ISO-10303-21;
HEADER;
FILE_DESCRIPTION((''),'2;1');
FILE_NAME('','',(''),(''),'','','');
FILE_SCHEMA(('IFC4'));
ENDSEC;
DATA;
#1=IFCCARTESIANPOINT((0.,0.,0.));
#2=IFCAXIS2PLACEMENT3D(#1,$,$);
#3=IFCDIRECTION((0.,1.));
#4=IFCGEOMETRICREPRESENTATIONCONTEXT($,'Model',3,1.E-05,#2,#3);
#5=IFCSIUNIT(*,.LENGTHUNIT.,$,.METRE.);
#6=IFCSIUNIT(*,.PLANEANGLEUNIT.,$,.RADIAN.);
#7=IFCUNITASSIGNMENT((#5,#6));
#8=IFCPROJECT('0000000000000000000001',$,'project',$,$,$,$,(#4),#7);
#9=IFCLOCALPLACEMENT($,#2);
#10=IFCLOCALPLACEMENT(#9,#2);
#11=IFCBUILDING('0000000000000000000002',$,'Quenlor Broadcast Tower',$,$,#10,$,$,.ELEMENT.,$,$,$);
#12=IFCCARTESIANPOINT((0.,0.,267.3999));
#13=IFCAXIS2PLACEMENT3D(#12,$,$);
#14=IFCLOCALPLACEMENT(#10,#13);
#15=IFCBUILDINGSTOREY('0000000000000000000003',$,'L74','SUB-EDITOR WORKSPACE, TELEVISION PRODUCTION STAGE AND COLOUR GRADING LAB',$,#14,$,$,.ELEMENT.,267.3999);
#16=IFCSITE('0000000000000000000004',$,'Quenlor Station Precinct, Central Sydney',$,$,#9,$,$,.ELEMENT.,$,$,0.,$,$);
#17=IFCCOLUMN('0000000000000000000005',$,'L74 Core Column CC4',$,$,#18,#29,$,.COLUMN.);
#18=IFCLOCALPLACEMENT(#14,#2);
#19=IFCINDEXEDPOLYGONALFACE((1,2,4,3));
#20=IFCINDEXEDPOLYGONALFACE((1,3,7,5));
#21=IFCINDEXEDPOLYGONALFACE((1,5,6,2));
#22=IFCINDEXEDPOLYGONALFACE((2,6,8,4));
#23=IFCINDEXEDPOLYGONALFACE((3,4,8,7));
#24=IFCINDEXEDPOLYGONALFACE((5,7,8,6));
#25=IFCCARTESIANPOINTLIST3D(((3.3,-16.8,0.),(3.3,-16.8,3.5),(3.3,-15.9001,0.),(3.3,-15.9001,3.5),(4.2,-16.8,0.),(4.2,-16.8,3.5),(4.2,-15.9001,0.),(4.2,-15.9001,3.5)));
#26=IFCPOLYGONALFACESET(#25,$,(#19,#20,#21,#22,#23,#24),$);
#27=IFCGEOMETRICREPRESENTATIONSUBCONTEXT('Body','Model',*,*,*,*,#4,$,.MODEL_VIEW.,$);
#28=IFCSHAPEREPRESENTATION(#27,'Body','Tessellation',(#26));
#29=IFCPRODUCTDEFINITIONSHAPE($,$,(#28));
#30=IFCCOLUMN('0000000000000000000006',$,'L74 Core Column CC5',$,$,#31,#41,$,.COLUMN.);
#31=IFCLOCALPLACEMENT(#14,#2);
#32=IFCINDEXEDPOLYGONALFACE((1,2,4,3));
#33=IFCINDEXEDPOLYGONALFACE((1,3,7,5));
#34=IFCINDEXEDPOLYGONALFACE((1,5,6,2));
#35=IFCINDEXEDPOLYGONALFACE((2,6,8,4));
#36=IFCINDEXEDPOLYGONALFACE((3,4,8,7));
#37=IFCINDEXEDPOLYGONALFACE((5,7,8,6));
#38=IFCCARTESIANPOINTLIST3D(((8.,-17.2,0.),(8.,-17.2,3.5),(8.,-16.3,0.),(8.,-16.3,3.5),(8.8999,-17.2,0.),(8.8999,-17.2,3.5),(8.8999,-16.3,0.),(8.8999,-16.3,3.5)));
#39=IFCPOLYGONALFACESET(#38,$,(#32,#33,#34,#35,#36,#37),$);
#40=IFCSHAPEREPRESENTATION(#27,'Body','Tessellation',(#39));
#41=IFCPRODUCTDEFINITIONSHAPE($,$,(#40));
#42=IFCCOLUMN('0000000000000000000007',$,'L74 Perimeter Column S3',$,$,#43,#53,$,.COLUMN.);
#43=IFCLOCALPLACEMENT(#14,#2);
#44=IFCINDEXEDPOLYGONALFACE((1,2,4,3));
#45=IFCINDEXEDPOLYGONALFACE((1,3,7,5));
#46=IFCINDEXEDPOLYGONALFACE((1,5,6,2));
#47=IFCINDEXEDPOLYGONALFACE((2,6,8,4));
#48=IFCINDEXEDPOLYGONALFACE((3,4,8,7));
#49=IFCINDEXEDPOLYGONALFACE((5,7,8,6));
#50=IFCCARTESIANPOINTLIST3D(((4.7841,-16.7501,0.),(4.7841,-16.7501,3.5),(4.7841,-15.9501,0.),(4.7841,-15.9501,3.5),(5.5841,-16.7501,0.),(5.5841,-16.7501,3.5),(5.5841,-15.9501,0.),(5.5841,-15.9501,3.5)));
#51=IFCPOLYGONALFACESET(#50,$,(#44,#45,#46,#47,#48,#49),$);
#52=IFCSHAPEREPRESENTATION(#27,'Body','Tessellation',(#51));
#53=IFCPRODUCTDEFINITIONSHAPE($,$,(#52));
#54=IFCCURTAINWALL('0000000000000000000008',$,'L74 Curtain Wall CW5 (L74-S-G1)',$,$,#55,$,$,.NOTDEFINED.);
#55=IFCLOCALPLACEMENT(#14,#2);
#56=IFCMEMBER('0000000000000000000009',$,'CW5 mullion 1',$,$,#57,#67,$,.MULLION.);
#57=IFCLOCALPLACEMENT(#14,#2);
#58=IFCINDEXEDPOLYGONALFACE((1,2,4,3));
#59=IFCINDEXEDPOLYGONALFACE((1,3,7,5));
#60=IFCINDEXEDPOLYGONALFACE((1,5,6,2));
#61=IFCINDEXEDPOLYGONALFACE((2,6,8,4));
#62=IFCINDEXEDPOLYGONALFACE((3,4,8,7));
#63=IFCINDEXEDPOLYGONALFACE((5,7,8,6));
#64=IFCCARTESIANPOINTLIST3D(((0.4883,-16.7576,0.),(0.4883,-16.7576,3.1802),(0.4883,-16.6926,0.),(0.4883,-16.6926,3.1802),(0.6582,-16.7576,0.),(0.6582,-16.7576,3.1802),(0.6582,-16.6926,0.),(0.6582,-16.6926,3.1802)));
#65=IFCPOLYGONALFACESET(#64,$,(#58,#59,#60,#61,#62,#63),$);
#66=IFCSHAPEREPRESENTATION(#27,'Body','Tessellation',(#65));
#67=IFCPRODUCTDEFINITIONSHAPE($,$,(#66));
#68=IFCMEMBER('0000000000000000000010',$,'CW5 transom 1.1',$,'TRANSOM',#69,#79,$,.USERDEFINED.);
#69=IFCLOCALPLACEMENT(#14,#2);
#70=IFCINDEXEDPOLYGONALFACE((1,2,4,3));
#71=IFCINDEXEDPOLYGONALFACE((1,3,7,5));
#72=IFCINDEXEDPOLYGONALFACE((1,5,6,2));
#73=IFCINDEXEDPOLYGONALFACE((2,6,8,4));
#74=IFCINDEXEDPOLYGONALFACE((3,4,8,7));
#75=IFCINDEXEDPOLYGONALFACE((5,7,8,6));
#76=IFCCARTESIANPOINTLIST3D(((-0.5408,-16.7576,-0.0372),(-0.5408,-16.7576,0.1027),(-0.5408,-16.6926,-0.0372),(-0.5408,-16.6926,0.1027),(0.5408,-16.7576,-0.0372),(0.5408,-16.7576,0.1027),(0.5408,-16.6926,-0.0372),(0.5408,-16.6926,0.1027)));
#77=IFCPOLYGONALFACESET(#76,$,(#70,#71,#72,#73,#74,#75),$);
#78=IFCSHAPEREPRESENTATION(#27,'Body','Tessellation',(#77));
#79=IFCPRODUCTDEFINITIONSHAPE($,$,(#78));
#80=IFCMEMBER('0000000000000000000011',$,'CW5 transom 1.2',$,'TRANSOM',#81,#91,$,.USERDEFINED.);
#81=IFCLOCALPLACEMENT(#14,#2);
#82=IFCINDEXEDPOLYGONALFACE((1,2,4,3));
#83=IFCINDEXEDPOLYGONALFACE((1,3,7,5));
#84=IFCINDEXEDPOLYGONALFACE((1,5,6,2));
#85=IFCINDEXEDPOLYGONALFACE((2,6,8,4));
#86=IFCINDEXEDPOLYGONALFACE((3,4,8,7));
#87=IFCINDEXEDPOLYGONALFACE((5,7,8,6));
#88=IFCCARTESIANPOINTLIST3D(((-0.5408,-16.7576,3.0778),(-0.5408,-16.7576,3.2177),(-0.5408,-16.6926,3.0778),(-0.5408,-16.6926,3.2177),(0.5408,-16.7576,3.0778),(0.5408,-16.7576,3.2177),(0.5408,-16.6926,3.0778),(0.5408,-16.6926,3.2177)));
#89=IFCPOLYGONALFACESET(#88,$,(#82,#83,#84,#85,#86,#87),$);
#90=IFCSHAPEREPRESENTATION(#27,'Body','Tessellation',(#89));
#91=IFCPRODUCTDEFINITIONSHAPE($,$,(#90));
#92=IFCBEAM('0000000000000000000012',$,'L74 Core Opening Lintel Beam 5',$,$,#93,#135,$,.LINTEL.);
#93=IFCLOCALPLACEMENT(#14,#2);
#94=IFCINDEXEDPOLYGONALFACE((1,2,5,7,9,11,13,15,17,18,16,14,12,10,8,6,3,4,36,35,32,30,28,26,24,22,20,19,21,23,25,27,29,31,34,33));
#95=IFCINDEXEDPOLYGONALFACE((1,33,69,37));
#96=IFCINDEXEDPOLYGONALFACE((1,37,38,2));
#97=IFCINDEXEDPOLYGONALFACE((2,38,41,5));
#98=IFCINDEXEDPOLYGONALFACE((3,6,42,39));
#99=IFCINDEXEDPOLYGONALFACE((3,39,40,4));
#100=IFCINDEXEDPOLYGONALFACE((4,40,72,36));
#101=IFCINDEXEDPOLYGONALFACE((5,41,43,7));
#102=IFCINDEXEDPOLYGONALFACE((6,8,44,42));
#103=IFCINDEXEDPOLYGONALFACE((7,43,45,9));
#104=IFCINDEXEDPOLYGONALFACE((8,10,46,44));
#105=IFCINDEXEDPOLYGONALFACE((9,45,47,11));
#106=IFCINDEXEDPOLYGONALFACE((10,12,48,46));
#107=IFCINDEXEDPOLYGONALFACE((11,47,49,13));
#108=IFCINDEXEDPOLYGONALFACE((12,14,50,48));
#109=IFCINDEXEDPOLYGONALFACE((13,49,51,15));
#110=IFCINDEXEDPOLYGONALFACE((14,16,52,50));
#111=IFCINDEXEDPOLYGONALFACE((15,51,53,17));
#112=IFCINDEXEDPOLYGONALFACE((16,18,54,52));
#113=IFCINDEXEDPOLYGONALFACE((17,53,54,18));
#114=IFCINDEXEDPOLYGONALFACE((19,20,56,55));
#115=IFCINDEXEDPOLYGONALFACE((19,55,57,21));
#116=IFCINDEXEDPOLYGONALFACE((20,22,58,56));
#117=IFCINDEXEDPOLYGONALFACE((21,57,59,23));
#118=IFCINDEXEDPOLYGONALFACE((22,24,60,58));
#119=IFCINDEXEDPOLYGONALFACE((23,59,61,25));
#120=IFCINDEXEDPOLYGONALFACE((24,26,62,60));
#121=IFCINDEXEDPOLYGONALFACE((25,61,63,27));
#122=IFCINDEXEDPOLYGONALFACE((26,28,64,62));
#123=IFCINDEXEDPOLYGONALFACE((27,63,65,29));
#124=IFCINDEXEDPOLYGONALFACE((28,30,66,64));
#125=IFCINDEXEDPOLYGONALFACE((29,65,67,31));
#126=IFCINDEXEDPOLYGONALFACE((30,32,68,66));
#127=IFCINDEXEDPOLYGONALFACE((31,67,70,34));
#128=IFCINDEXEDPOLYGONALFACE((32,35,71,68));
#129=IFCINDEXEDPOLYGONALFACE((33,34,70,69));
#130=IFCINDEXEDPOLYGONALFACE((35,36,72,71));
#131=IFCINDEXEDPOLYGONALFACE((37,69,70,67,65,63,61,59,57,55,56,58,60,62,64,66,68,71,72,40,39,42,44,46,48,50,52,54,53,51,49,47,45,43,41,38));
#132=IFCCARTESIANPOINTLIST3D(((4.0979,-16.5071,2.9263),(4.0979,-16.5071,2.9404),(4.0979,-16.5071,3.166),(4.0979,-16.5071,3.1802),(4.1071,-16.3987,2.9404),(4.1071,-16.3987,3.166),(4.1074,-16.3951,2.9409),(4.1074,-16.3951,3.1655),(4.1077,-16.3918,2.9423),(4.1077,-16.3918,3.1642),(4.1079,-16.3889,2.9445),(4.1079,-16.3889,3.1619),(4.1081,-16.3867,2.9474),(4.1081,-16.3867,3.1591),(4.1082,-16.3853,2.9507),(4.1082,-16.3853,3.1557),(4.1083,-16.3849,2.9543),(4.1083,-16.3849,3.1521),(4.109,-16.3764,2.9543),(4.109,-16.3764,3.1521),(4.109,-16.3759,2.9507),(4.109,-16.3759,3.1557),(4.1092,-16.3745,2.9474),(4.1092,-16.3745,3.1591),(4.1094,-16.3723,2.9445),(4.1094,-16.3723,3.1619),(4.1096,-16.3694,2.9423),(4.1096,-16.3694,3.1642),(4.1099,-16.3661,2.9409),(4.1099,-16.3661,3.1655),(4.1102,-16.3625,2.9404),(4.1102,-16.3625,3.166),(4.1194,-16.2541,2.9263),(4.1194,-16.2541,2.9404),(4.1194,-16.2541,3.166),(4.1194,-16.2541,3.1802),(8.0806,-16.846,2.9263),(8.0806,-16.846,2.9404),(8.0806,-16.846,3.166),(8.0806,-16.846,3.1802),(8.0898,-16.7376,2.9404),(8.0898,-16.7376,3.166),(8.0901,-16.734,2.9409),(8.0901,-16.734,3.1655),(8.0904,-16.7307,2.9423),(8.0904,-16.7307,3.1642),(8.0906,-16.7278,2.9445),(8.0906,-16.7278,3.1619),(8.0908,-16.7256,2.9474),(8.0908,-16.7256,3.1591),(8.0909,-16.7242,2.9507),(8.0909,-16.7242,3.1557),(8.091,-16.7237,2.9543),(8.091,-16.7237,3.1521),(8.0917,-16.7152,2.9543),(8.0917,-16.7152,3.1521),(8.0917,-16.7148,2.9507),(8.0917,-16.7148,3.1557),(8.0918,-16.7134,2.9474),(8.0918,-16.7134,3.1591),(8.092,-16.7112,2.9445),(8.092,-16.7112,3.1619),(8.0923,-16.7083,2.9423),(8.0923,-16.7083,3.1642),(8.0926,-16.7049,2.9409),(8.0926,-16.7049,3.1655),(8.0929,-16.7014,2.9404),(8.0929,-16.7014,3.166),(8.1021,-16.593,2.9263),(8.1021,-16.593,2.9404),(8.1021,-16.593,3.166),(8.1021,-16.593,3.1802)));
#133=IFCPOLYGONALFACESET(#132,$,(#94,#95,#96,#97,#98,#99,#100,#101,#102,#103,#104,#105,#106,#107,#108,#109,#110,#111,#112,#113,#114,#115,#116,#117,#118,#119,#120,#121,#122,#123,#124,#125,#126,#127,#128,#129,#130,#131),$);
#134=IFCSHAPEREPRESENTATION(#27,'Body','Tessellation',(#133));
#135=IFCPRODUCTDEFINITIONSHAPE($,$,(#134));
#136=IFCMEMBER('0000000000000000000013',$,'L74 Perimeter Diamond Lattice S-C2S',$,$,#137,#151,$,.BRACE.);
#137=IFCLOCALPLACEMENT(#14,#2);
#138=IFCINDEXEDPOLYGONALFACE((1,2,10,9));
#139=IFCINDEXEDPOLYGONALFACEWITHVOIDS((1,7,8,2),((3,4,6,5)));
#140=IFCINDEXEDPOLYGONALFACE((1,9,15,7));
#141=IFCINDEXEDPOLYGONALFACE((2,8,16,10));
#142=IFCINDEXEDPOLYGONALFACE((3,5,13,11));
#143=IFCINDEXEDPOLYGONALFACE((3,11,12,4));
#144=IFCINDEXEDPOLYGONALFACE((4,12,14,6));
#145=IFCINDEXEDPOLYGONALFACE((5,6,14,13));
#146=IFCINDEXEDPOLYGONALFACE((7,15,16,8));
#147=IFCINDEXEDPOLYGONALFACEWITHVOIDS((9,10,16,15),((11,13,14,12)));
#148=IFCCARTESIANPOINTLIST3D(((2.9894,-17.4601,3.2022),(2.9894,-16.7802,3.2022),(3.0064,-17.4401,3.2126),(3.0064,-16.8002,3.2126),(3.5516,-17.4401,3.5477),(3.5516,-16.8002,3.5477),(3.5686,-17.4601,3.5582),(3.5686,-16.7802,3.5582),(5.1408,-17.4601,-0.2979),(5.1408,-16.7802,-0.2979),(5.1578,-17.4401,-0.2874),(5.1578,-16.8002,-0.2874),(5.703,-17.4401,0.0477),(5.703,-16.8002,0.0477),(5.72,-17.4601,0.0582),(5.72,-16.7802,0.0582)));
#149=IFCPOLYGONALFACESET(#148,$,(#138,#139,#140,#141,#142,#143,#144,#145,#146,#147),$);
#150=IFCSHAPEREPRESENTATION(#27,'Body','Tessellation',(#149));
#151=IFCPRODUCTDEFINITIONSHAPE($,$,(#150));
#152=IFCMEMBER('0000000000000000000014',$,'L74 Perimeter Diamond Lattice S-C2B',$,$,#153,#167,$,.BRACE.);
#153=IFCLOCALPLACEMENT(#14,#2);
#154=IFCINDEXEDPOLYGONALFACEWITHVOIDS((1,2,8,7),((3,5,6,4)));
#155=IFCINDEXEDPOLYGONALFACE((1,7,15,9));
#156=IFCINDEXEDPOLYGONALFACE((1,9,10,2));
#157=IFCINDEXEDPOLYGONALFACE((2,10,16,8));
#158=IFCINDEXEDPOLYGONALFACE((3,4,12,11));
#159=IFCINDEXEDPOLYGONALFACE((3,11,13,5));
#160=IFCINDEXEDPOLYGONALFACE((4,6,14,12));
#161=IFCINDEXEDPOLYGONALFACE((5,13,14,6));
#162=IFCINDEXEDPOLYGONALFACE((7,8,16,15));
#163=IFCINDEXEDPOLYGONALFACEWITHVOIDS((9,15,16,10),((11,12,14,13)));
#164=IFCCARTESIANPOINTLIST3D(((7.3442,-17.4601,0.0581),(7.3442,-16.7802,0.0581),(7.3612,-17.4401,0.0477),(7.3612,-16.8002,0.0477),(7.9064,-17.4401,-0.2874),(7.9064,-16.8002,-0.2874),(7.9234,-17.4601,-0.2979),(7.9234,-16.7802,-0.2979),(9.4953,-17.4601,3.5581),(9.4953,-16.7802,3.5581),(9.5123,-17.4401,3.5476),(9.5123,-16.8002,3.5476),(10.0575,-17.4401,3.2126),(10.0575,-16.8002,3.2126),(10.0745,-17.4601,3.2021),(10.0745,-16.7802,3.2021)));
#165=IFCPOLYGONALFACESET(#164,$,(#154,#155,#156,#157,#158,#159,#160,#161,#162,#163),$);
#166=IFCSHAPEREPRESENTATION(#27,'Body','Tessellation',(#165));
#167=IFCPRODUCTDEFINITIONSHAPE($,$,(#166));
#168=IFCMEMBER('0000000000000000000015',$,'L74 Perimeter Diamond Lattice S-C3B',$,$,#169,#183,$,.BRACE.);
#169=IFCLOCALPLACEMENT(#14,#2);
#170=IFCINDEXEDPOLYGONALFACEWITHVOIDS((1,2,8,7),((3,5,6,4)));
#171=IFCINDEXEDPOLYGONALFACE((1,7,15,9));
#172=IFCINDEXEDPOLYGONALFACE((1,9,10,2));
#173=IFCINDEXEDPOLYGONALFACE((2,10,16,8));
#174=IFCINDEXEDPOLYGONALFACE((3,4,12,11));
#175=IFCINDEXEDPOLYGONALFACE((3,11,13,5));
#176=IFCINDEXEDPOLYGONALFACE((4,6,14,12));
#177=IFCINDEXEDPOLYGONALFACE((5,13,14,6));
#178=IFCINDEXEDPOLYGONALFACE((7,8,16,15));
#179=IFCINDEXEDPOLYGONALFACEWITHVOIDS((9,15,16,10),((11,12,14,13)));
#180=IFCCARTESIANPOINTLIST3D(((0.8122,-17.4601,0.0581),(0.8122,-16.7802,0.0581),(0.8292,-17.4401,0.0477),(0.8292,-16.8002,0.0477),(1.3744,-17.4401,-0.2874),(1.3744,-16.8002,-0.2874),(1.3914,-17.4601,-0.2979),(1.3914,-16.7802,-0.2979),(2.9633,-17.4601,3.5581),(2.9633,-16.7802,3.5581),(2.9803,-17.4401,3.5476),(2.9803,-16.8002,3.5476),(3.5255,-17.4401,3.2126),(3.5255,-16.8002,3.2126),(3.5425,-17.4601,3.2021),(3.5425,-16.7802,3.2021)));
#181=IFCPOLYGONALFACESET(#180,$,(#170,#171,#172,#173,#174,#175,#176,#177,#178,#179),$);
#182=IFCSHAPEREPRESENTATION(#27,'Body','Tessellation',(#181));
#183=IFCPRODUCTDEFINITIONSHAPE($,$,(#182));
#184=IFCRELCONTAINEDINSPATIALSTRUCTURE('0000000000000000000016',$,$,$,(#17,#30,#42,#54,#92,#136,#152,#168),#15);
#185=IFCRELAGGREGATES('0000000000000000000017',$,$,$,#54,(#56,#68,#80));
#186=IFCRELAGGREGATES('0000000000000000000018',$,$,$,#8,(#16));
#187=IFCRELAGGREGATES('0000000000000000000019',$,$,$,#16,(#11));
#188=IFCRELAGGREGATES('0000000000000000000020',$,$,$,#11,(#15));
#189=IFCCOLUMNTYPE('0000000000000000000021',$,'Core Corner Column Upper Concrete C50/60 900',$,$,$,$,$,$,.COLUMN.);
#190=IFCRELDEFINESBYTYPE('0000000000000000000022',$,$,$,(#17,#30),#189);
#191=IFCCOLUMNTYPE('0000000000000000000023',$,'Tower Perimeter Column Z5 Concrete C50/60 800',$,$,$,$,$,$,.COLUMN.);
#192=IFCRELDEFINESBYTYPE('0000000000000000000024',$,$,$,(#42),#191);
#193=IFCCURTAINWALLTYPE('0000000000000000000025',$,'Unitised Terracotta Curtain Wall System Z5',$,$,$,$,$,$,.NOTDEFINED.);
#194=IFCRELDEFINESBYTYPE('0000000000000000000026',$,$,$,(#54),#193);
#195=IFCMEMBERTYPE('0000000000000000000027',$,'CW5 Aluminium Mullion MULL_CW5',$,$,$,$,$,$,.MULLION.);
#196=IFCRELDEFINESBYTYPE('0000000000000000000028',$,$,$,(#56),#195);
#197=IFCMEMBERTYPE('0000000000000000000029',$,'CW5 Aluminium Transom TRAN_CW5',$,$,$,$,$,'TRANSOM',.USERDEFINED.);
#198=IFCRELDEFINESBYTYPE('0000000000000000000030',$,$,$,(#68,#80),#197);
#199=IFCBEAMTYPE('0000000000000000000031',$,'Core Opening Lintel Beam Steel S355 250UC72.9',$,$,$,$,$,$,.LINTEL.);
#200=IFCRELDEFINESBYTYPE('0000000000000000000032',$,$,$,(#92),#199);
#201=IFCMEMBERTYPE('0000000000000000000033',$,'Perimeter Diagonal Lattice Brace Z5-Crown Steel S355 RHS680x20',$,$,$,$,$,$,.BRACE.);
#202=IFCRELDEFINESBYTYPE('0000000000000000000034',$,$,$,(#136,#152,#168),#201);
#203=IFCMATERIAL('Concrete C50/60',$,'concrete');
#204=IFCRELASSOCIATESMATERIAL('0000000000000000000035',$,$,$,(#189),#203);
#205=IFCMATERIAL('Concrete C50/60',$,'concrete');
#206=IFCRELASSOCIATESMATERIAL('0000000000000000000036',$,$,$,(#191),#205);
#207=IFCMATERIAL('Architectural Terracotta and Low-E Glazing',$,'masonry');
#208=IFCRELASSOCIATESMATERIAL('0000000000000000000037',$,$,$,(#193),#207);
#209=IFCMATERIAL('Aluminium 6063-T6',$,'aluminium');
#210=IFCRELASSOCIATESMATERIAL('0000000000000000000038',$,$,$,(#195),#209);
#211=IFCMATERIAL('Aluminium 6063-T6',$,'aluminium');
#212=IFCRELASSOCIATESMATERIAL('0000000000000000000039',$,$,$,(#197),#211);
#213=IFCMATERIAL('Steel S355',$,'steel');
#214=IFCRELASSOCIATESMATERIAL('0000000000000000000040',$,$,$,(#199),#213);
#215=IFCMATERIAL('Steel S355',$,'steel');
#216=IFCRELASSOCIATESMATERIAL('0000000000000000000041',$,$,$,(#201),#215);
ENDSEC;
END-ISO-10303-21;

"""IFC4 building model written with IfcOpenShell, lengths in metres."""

from ifc_helpers import new_model, si_unit, direction, frame, origin, origin_2d, place, context, subcontext, project, spatial, rectangle, hollow_rectangle, i_section, extrude, material, material_profile, profile_set, type_object, element, aggregate, save


model = new_model("IFC4")

# Units and contexts
model_context = context("Model", 3, precision=1e-05, world=origin(), true_north=direction((0.0, 1.0)))
body_context = subcontext(model_context, "Body", "Model", "MODEL_VIEW")
ifc_project = project(units=[si_unit("LENGTHUNIT", "METRE"), si_unit("PLANEANGLEUNIT", "RADIAN")], contexts=[model_context])

# Site, building, storey
site_placement = place(None, origin())
site = spatial("IfcSite", under=ifc_project, at=site_placement, Name="Quenlor Station Precinct, Central Sydney", CompositionType="ELEMENT", RefElevation=0.0)
building_placement = place(site_placement, origin())
building = spatial("IfcBuilding", under=site, at=building_placement, Name="Quenlor Broadcast Tower", CompositionType="ELEMENT")
storey_placement = place(building_placement, frame((0.0, 0.0, 267.3999)))
storey = spatial("IfcBuildingStorey", under=building, at=storey_placement, Name="L74", Description="SUB-EDITOR WORKSPACE, TELEVISION PRODUCTION STAGE AND COLOUR GRADING LAB", CompositionType="ELEMENT", Elevation=267.3999)

# Columns
ifc_material_1 = material(Name="Concrete C50/60", Category="concrete")
ifc_material_profile_1 = material_profile(ifc_material_1, rectangle(XDim=0.8999, YDim=0.8999, at=origin_2d()))
ifc_profile_set_1 = profile_set([ifc_material_profile_1], Name="Concrete C50/60 RC900x900")
column_type_1 = type_object("IfcColumnType", Name="Core Corner Column Upper Concrete C50/60 900", PredefinedType="COLUMN", material=ifc_profile_set_1)
for number, where, z_axis, x_axis, name in (
    (1, (3.75, -16.3501, 0.0), (0.0, 0.0, 1.0), (1.0, 0.0, 0.0), "L74 Core Column CC4"),
    (2, (8.45, -16.75, 0.0), (0.0, 0.0, 1.0), (1.0, 0.0, 0.0), "L74 Core Column CC5"),
):
    element("IfcColumn", number, at=place(storey_placement, frame(where, z_axis=z_axis, x_axis=x_axis)), inside=storey, type_object=column_type_1, Name=name, PredefinedType="COLUMN", context=body_context, shape_type="SweptSolid", body=[
        extrude(rectangle(XDim=0.8999, YDim=0.8999, at=origin_2d()), origin(), (0.0, 0.0, 1.0), 3.5),
    ])
ifc_material_2 = material(Name="Concrete C50/60", Category="concrete")
ifc_material_profile_2 = material_profile(ifc_material_2, rectangle(XDim=0.8, YDim=0.8, at=origin_2d()))
ifc_profile_set_2 = profile_set([ifc_material_profile_2], Name="Concrete C50/60 RC800x800")
column_type_2 = type_object("IfcColumnType", Name="Tower Perimeter Column Z5 Concrete C50/60 800", PredefinedType="COLUMN", material=ifc_profile_set_2)
column_placement = place(storey_placement, frame((5.1841, -16.3501, 0.0), z_axis=(0.0, 0.0, 1.0), x_axis=(0.0, 1.0, 0.0)))
element("IfcColumn", 3, at=column_placement, inside=storey, type_object=column_type_2, Name="L74 Perimeter Column S3", PredefinedType="COLUMN", context=body_context, shape_type="SweptSolid", body=[
    extrude(rectangle(XDim=0.8, YDim=0.8, at=origin_2d()), origin(), (0.0, 0.0, 1.0), 3.5),
])

# Curtain wall, members
ifc_material_3 = material(Name="Architectural Terracotta and Low-E Glazing", Category="masonry")
curtain_wall_type = type_object("IfcCurtainWallType", Name="Unitised Terracotta Curtain Wall System Z5", PredefinedType="NOTDEFINED", material=ifc_material_3)
curtain_wall_placement = place(storey_placement, origin())
curtain_wall = element("IfcCurtainWall", 4, at=curtain_wall_placement, inside=storey, type_object=curtain_wall_type, Name="L74 Curtain Wall CW5 (L74-S-G1)", PredefinedType="NOTDEFINED")
ifc_material_4 = material(Name="Aluminium 6063-T6", Category="aluminium")
ifc_material_profile_3 = material_profile(ifc_material_4, rectangle(XDim=0.0649, YDim=0.1699, at=origin_2d()))
ifc_profile_set_3 = profile_set([ifc_material_profile_3], Name="Aluminium 6063-T6 MULL65x170")
member_type_1 = type_object("IfcMemberType", Name="CW5 Aluminium Mullion MULL_CW5", PredefinedType="MULLION", material=ifc_profile_set_3)
member_1_placement = place(storey_placement, frame((0.5732, -16.7251, 0.0), z_axis=(0.0, 0.0, 1.0), x_axis=(0.0, -1.0, 0.0)))
member_1 = element("IfcMember", 5, at=member_1_placement, type_object=member_type_1, Name="CW5 mullion 1", PredefinedType="MULLION", context=body_context, shape_type="SweptSolid", body=[
    extrude(rectangle(XDim=0.0649, YDim=0.1699, at=origin_2d()), origin(), (0.0, 0.0, 1.0), 3.1802),
])
ifc_material_5 = material(Name="Aluminium 6063-T6", Category="aluminium")
ifc_material_profile_4 = material_profile(ifc_material_5, rectangle(XDim=0.0649, YDim=0.1399, at=origin_2d()))
ifc_profile_set_4 = profile_set([ifc_material_profile_4], Name="Aluminium 6063-T6 TRAN65x140")
member_type_2 = type_object("IfcMemberType", Name="CW5 Aluminium Transom TRAN_CW5", ElementType="TRANSOM", PredefinedType="USERDEFINED", material=ifc_profile_set_4)
member_2_placement = place(storey_placement, frame((0.5408, -16.7251, 0.0327), z_axis=(-1.0, 0.0, 0.0), x_axis=(0.0, -1.0, 0.0)))
member_2 = element("IfcMember", 6, at=member_2_placement, type_object=member_type_2, Name="CW5 transom 1.1", ObjectType="TRANSOM", PredefinedType="USERDEFINED", context=body_context, shape_type="SweptSolid", body=[
    extrude(rectangle(XDim=0.0649, YDim=0.1399, at=origin_2d()), origin(), (0.0, 0.0, 1.0), 1.0815),
])
member_3_placement = place(storey_placement, frame((0.5408, -16.7251, 3.1477), z_axis=(-1.0, 0.0, 0.0), x_axis=(0.0, -1.0, 0.0)))
member_3 = element("IfcMember", 7, at=member_3_placement, type_object=member_type_2, Name="CW5 transom 1.2", ObjectType="TRANSOM", PredefinedType="USERDEFINED", context=body_context, shape_type="SweptSolid", body=[
    extrude(rectangle(XDim=0.0649, YDim=0.1399, at=origin_2d()), origin(), (0.0, 0.0, 1.0), 1.0815),
])
aggregate(curtain_wall, [member_1, member_2, member_3])

# Beam
ifc_material_6 = material(Name="Steel S355", Category="steel")
ifc_material_profile_5 = material_profile(ifc_material_6, i_section(OverallWidth=0.2539, OverallDepth=0.2539, WebThickness=0.0085, FlangeThickness=0.0142, FilletRadius=0.0139, at=origin_2d()))
ifc_profile_set_5 = profile_set([ifc_material_profile_5], Name="Steel S355 250UC72.9")
beam_type_1 = type_object("IfcBeamType", Name="Core Opening Lintel Beam Steel S355 250UC72.9", PredefinedType="LINTEL", material=ifc_profile_set_5)
beam_1_placement = place(storey_placement, frame((4.1086, -16.3806, 3.0532), z_axis=(0.9964, -0.084779, 0.0), x_axis=(0.084779, 0.9964, 0.0)))
element("IfcBeam", 8, at=beam_1_placement, inside=storey, type_object=beam_type_1, Name="L74 Core Opening Lintel Beam 5", PredefinedType="LINTEL", context=body_context, shape_type="SweptSolid", body=[
    extrude(i_section(OverallWidth=0.2539, OverallDepth=0.2539, WebThickness=0.0085, FlangeThickness=0.0142, FilletRadius=0.0139, at=origin_2d()), origin(), (0.0, 0.0, 1.0), 3.9971),
])

# Members
ifc_material_7 = material(Name="Steel S355", Category="steel")
ifc_material_profile_6 = material_profile(ifc_material_7, hollow_rectangle(XDim=0.6799, YDim=0.6799, WallThickness=0.02, at=origin_2d()))
ifc_profile_set_6 = profile_set([ifc_material_profile_6], Name="Steel S355 RHS680x680x20")
member_type_3 = type_object("IfcMemberType", Name="Perimeter Diagonal Lattice Brace Z5-Crown Steel S355 RHS680x20", PredefinedType="BRACE", material=ifc_profile_set_6)
member_4_placement = place(storey_placement, frame((5.4304, -17.1201, -0.1199), z_axis=(-0.52366, 0.0, 0.851928), x_axis=(0.0, -1.0, 0.0)))
element("IfcMember", 9, at=member_4_placement, inside=storey, type_object=member_type_3, Name="L74 Perimeter Diamond Lattice S-C2S", PredefinedType="BRACE", context=body_context, shape_type="SweptSolid", body=[
    extrude(hollow_rectangle(XDim=0.6799, YDim=0.6799, WallThickness=0.02, at=origin_2d()), origin(), (0.0, 0.0, 1.0), 4.1084),
])
for number, where, z_axis, x_axis, name in (
    (10, (7.6338, -17.1201, -0.1199), (0.523617, 0.0, 0.851954), (0.0, 1.0, 0.0), "L74 Perimeter Diamond Lattice S-C2B"),
    (11, (1.1018, -17.1201, -0.1199), (0.523617, 0.0, 0.851954), (0.0, 1.0, 0.0), "L74 Perimeter Diamond Lattice S-C3B"),
):
    element("IfcMember", number, at=place(storey_placement, frame(where, z_axis=z_axis, x_axis=x_axis)), inside=storey, type_object=member_type_3, Name=name, PredefinedType="BRACE", context=body_context, shape_type="SweptSolid", body=[
        extrude(hollow_rectangle(XDim=0.6799, YDim=0.6799, WallThickness=0.02, at=origin_2d()), origin(), (0.0, 0.0, 1.0), 4.1082),
    ])

save(model, "model.ifc")
